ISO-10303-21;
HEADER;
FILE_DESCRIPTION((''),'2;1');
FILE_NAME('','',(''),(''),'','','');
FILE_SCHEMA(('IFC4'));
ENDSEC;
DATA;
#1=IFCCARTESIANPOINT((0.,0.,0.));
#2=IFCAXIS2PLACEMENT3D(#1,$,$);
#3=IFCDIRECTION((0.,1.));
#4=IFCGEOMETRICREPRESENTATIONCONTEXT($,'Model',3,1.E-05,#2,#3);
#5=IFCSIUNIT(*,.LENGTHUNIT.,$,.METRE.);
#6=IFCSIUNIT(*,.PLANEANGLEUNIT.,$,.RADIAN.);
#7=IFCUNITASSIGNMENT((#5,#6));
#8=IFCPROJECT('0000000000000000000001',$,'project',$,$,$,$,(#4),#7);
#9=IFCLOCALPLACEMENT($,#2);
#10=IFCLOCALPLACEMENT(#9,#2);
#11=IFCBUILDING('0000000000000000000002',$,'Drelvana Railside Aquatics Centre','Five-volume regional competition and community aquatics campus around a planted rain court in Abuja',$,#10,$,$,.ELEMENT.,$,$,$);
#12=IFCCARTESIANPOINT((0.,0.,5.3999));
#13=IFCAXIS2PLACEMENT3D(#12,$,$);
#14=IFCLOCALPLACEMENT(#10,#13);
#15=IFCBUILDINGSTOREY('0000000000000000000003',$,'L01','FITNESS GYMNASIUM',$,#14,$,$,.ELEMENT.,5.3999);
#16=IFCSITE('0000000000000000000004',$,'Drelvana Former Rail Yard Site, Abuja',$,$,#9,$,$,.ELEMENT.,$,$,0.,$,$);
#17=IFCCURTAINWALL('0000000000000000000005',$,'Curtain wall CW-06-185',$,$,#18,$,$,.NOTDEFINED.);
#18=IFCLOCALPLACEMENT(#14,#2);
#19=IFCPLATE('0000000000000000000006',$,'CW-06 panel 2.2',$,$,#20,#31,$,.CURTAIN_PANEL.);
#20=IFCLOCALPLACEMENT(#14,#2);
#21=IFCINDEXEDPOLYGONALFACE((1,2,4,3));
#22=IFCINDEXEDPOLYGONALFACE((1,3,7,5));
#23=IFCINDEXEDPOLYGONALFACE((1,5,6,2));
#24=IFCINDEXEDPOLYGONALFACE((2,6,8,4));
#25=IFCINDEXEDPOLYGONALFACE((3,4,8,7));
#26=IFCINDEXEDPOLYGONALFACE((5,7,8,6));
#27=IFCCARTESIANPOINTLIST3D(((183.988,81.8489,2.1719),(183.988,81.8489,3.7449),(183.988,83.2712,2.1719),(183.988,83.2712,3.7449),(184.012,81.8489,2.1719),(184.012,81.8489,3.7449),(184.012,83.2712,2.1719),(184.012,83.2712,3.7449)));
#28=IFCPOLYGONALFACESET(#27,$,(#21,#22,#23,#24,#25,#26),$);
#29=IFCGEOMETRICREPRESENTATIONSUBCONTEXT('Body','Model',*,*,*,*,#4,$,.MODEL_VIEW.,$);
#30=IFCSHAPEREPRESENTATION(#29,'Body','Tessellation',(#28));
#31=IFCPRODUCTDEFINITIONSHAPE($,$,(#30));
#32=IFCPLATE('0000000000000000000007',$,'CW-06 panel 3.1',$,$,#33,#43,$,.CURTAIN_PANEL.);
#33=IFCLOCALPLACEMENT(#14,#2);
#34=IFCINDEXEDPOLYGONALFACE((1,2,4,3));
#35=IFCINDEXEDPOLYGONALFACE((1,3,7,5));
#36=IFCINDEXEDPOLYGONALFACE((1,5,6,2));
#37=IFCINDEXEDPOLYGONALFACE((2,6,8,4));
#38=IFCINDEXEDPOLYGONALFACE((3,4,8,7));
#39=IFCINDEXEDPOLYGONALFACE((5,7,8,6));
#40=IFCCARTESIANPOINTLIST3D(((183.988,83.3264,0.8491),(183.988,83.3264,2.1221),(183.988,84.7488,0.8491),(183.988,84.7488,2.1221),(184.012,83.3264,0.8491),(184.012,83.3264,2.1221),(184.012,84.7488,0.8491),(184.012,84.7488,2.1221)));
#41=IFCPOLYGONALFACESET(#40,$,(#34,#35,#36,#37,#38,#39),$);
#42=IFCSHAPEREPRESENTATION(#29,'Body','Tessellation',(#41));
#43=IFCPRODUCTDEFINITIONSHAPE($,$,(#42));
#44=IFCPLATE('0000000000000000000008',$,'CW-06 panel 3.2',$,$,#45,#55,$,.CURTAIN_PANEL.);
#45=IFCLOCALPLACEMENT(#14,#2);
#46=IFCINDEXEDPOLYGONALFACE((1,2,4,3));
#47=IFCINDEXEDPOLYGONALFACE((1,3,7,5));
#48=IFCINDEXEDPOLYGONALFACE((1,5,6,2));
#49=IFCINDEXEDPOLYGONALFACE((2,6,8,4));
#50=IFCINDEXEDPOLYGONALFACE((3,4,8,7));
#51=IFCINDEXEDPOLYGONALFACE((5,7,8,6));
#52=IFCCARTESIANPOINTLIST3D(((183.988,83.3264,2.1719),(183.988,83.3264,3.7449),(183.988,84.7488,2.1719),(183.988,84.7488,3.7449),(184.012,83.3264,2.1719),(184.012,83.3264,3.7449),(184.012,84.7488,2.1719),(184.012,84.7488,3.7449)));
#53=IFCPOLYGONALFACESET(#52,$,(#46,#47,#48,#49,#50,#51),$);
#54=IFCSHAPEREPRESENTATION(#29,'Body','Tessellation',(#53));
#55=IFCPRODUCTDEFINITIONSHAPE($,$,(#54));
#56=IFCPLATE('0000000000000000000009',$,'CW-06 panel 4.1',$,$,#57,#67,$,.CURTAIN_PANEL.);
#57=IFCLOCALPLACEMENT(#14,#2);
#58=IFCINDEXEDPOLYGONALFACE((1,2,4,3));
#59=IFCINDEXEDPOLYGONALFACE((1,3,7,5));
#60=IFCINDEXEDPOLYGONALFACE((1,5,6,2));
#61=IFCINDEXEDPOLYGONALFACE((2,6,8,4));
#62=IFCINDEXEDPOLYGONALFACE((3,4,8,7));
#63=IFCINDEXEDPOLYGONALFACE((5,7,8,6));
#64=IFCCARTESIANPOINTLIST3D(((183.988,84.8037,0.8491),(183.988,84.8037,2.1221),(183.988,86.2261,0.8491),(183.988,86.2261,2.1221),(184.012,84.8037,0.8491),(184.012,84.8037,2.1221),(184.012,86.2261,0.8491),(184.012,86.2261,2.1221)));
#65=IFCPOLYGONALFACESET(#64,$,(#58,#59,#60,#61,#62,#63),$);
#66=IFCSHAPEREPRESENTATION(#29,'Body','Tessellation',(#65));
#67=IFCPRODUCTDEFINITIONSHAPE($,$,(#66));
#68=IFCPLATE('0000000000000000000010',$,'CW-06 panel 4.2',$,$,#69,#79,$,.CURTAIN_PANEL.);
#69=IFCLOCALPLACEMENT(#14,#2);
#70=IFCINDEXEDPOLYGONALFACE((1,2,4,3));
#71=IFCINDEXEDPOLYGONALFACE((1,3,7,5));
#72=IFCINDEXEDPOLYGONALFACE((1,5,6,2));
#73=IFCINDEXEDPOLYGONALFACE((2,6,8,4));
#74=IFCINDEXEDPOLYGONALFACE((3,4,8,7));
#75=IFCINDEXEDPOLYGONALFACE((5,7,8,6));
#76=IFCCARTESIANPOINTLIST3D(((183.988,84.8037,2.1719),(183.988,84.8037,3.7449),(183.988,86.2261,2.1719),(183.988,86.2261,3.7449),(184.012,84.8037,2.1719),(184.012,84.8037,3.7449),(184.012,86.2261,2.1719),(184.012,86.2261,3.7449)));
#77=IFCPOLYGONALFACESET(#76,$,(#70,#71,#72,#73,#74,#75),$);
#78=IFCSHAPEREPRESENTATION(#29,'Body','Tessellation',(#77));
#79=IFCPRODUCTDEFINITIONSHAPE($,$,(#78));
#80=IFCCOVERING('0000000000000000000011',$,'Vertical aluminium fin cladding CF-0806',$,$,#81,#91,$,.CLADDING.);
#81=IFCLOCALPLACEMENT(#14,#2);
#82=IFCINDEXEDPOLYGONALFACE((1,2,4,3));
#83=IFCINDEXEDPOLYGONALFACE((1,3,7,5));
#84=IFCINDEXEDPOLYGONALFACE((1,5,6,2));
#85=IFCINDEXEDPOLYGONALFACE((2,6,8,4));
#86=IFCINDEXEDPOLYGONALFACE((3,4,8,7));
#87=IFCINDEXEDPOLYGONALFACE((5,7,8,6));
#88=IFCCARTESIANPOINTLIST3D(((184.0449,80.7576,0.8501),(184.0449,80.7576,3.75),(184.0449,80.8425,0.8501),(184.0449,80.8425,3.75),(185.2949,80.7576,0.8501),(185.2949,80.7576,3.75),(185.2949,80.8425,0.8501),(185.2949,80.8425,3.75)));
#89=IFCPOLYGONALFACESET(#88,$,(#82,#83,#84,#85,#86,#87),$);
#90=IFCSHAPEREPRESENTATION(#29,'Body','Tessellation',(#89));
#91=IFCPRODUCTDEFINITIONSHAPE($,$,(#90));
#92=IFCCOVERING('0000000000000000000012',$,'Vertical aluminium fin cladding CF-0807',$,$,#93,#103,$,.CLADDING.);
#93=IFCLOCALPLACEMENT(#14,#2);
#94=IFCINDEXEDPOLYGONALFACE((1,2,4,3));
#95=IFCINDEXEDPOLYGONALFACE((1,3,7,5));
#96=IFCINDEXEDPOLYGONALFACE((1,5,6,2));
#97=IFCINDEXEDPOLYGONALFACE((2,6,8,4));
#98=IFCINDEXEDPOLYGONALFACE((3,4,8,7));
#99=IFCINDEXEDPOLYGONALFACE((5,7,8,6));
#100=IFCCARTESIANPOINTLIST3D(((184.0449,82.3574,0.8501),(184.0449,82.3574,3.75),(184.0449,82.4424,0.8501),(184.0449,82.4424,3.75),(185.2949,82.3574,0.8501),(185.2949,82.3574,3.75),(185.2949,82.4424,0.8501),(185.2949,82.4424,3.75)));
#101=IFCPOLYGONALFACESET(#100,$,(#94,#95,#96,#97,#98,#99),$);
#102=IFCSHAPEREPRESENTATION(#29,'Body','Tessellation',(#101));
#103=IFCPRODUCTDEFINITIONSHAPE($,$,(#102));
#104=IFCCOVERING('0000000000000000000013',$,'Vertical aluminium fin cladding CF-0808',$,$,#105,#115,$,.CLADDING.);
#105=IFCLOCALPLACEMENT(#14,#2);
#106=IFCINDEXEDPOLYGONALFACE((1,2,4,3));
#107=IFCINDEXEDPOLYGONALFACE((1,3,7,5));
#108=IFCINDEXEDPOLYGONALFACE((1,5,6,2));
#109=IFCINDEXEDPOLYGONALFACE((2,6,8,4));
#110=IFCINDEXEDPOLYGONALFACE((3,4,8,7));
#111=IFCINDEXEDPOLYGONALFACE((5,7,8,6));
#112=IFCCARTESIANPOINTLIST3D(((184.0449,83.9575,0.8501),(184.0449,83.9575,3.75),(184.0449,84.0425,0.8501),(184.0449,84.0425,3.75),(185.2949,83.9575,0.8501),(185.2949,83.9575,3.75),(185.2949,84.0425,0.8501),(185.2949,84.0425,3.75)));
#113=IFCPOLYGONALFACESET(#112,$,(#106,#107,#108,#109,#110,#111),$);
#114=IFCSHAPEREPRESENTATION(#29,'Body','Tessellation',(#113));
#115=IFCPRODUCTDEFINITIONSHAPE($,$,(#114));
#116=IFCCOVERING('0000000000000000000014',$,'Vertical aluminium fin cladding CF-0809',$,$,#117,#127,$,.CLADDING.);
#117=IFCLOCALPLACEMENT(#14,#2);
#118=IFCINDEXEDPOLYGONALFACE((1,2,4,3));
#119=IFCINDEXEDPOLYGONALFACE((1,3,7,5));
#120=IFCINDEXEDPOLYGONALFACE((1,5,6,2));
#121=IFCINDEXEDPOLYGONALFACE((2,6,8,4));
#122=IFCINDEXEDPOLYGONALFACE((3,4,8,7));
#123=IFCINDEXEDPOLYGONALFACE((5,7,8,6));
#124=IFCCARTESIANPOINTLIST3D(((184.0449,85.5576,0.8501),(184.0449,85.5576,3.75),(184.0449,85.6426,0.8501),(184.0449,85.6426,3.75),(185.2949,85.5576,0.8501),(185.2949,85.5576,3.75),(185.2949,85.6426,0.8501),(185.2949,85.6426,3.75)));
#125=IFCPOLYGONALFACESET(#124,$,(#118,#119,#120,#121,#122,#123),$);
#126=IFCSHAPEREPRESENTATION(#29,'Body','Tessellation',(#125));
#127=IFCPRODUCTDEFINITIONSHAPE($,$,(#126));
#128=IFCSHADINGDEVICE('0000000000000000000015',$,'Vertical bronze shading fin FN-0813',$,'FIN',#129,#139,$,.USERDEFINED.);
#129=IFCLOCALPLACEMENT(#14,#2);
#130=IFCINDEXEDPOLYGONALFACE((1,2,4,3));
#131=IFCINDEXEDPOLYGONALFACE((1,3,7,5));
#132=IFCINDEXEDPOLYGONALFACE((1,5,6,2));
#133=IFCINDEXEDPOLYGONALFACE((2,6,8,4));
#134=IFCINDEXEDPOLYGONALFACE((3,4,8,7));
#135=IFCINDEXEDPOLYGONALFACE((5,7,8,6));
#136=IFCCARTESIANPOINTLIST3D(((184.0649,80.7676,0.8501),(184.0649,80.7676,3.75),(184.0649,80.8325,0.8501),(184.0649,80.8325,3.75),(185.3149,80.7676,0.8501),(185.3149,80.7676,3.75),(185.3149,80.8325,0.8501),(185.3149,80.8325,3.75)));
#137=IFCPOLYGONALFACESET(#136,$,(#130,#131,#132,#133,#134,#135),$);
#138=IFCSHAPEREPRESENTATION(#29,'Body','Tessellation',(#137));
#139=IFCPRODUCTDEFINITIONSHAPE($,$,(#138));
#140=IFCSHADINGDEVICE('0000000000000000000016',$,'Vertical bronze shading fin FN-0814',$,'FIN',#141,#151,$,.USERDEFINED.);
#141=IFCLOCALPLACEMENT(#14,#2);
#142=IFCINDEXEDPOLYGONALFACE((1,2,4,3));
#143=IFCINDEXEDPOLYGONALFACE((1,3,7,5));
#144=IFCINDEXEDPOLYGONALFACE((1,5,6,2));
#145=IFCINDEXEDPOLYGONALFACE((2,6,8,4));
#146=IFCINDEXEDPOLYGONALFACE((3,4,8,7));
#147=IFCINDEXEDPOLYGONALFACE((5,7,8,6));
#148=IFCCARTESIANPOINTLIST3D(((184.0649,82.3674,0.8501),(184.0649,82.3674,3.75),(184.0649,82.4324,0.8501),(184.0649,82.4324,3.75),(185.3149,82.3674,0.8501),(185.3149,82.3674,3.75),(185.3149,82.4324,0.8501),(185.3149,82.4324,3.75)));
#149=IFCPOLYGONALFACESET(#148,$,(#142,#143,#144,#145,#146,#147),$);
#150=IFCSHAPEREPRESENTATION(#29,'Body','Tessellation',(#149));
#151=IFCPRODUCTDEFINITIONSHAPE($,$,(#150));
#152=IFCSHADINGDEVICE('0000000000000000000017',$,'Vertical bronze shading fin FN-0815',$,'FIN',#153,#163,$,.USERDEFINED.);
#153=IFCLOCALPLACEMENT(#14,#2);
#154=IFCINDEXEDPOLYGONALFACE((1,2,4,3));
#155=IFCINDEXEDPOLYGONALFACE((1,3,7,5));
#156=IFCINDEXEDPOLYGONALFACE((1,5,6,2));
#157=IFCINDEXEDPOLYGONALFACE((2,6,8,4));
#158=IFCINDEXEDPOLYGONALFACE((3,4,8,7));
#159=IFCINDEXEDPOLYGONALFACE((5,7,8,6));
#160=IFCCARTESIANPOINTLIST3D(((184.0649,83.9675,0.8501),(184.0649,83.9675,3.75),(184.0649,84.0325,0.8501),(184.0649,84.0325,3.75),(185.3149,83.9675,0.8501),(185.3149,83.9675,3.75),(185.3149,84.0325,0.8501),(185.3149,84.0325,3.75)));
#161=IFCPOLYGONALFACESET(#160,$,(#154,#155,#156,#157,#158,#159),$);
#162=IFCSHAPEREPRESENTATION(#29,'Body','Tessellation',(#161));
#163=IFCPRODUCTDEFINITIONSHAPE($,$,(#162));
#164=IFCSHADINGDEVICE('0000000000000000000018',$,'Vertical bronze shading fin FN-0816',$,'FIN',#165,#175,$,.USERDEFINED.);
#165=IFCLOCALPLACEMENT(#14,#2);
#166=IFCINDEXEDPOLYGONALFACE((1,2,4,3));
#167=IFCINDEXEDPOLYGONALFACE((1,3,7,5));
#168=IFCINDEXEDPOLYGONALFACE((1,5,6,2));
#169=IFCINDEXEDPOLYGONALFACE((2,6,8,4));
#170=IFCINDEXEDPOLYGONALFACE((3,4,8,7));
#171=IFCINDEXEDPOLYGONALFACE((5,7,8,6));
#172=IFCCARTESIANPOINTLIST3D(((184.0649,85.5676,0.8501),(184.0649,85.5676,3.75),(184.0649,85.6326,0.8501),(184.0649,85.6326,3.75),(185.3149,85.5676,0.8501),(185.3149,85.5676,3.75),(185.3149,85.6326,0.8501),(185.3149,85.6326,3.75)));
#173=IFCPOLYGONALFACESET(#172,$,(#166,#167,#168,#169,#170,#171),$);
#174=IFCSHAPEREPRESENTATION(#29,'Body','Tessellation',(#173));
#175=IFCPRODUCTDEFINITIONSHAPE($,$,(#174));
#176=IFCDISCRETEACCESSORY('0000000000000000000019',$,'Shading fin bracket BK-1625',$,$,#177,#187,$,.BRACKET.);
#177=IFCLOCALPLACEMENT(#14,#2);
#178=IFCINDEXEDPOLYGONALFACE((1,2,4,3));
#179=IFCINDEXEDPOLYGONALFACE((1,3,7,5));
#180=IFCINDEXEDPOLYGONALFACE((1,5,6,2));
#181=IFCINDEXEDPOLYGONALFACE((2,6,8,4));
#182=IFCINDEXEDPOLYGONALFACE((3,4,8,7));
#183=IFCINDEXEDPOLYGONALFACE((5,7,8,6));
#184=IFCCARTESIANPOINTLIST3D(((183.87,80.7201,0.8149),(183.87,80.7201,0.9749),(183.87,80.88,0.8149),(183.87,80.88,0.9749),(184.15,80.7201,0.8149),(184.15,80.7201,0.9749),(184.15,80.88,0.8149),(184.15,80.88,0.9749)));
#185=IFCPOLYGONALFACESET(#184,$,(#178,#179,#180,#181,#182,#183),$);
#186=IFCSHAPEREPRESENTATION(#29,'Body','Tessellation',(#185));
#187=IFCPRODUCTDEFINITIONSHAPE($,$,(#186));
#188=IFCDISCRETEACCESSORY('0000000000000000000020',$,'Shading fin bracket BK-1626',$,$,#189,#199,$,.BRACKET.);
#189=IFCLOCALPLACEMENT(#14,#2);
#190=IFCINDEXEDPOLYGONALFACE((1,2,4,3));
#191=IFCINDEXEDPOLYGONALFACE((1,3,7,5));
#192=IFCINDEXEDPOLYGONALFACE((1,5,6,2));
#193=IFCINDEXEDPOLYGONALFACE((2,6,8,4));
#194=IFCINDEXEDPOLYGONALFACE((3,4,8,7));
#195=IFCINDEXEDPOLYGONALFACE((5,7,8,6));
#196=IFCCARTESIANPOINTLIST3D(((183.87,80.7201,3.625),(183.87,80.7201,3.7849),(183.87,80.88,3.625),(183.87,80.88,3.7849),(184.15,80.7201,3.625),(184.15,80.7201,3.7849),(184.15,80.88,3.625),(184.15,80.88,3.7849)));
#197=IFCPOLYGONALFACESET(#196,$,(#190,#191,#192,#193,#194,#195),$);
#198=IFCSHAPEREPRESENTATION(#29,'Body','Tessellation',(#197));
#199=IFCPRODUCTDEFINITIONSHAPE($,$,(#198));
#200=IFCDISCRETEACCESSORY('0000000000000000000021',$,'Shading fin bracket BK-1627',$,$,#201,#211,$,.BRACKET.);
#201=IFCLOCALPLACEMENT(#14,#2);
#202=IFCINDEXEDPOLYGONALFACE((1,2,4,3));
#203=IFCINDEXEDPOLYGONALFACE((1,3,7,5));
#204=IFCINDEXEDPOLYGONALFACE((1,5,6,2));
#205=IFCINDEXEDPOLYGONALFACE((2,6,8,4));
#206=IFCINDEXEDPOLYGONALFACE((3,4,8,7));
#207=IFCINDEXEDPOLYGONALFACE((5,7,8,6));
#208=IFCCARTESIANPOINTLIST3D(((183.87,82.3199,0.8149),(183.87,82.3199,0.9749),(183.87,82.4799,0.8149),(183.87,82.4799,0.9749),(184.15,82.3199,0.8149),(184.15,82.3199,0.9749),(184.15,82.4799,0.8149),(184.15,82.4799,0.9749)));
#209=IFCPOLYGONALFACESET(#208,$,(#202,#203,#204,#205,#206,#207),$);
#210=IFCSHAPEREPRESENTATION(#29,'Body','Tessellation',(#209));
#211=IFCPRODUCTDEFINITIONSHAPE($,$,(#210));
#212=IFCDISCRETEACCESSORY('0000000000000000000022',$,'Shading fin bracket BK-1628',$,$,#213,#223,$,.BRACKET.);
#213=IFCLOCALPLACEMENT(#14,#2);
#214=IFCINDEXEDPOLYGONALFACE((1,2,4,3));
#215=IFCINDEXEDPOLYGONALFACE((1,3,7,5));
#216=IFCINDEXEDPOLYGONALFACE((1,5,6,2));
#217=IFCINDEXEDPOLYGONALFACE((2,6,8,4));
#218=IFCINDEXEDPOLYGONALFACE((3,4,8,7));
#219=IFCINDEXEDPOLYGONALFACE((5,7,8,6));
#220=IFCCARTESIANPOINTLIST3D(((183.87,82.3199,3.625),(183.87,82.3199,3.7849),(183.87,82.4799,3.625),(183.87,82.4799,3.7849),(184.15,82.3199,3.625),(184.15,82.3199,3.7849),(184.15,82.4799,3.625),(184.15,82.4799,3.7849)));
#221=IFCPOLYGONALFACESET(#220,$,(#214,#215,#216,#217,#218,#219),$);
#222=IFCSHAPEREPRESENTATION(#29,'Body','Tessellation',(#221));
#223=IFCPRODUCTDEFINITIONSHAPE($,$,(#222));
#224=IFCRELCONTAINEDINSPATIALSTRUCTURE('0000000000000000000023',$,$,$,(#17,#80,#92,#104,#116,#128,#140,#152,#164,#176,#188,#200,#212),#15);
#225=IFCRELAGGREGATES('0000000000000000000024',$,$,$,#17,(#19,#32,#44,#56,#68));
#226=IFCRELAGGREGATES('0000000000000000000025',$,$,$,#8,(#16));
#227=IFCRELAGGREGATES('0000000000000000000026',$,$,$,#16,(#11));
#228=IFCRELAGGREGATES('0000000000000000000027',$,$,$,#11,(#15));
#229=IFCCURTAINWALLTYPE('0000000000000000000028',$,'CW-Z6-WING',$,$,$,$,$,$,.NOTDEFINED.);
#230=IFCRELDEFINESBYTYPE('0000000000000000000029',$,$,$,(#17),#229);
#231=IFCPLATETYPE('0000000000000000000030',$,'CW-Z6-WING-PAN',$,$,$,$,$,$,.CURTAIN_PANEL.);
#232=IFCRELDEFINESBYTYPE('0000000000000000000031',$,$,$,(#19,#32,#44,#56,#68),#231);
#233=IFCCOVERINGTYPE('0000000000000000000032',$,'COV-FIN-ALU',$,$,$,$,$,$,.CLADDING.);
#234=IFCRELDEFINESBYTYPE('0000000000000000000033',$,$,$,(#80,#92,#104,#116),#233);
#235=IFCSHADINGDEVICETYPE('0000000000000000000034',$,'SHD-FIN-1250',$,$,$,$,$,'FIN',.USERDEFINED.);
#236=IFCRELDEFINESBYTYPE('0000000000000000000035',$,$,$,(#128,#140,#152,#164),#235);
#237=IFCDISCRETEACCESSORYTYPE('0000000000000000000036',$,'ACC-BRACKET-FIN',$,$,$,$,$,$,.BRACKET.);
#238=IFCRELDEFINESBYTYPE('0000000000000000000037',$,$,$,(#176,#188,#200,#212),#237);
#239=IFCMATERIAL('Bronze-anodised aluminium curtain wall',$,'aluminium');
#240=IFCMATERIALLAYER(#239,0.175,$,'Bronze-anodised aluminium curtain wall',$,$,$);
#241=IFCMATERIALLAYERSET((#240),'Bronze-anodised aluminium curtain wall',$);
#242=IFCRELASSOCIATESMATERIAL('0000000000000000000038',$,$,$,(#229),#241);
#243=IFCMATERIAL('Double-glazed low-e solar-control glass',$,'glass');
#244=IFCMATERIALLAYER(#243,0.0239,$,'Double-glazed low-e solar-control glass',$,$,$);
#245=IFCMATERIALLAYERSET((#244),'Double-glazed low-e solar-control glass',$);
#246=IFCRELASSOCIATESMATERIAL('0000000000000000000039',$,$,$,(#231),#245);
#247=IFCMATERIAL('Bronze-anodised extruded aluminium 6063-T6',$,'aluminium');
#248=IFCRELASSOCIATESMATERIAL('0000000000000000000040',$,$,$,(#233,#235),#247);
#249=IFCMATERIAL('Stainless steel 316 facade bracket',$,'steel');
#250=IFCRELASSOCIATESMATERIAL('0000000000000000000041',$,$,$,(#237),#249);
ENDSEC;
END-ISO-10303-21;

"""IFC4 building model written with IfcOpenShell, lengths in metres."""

from ifc_helpers import new_model, si_unit, direction, frame, origin, origin_2d, place, context, subcontext, project, spatial, rectangle, extrude, material, layer, layer_set, type_object, element, aggregate, save


model = new_model("IFC4")

# Units and contexts
model_context = context("Model", 3, precision=1e-05, world=origin(), true_north=direction((0.0, 1.0)))
body_context = subcontext(model_context, "Body", "Model", "MODEL_VIEW")
ifc_project = project(units=[si_unit("LENGTHUNIT", "METRE"), si_unit("PLANEANGLEUNIT", "RADIAN")], contexts=[model_context])

# Site, building, storey
site_placement = place(None, origin())
site = spatial("IfcSite", under=ifc_project, at=site_placement, Name="Drelvana Former Rail Yard Site, Abuja", CompositionType="ELEMENT", RefElevation=0.0)
building_placement = place(site_placement, origin())
building = spatial("IfcBuilding", under=site, at=building_placement, Name="Drelvana Railside Aquatics Centre", Description="Five-volume regional competition and community aquatics campus around a planted rain court in Abuja", CompositionType="ELEMENT")
storey_placement = place(building_placement, frame((0.0, 0.0, 5.3999)))
storey = spatial("IfcBuildingStorey", under=building, at=storey_placement, Name="L01", Description="FITNESS GYMNASIUM", CompositionType="ELEMENT", Elevation=5.3999)

# Curtain wall, plates
ifc_material_1 = material(Name="Bronze-anodised aluminium curtain wall", Category="aluminium")
ifc_layer_1 = layer(ifc_material_1, 0.175, Name="Bronze-anodised aluminium curtain wall")
ifc_layer_set_1 = layer_set([ifc_layer_1], Name="Bronze-anodised aluminium curtain wall")
curtain_wall_type = type_object("IfcCurtainWallType", Name="CW-Z6-WING", PredefinedType="NOTDEFINED", material=ifc_layer_set_1)
curtain_wall_placement = place(storey_placement, origin())
curtain_wall = element("IfcCurtainWall", 1, at=curtain_wall_placement, inside=storey, type_object=curtain_wall_type, Name="Curtain wall CW-06-185", PredefinedType="NOTDEFINED")
ifc_material_2 = material(Name="Double-glazed low-e solar-control glass", Category="glass")
ifc_layer_2 = layer(ifc_material_2, 0.0239, Name="Double-glazed low-e solar-control glass")
ifc_layer_set_2 = layer_set([ifc_layer_2], Name="Double-glazed low-e solar-control glass")
plate_type = type_object("IfcPlateType", Name="CW-Z6-WING-PAN", PredefinedType="CURTAIN_PANEL", material=ifc_layer_set_2)
plate_1_placement = place(storey_placement, frame((184.0, 82.5601, 2.1719), z_axis=(0.0, 0.0, 1.0), x_axis=(0.0, 1.0, 0.0)))
plate_1 = element("IfcPlate", 2, at=plate_1_placement, type_object=plate_type, Name="CW-06 panel 2.2", PredefinedType="CURTAIN_PANEL", context=body_context, shape_type="SweptSolid", body=[
    extrude(rectangle(XDim=1.4224, YDim=0.0239, at=origin_2d()), origin(), (0.0, 0.0, 1.0), 1.573),
])
plate_2_placement = place(storey_placement, frame((184.0, 84.0376, 0.8491), z_axis=(0.0, 0.0, 1.0), x_axis=(0.0, 1.0, 0.0)))
plate_2 = element("IfcPlate", 3, at=plate_2_placement, type_object=plate_type, Name="CW-06 panel 3.1", PredefinedType="CURTAIN_PANEL", context=body_context, shape_type="SweptSolid", body=[
    extrude(rectangle(XDim=1.4224, YDim=0.0239, at=origin_2d()), origin(), (0.0, 0.0, 1.0), 1.2729),
])
plate_3_placement = place(storey_placement, frame((184.0, 84.0376, 2.1719), z_axis=(0.0, 0.0, 1.0), x_axis=(0.0, 1.0, 0.0)))
plate_3 = element("IfcPlate", 4, at=plate_3_placement, type_object=plate_type, Name="CW-06 panel 3.2", PredefinedType="CURTAIN_PANEL", context=body_context, shape_type="SweptSolid", body=[
    extrude(rectangle(XDim=1.4224, YDim=0.0239, at=origin_2d()), origin(), (0.0, 0.0, 1.0), 1.573),
])
plate_4_placement = place(storey_placement, frame((184.0, 85.5149, 0.8491), z_axis=(0.0, 0.0, 1.0), x_axis=(0.0, 1.0, 0.0)))
plate_4 = element("IfcPlate", 5, at=plate_4_placement, type_object=plate_type, Name="CW-06 panel 4.1", PredefinedType="CURTAIN_PANEL", context=body_context, shape_type="SweptSolid", body=[
    extrude(rectangle(XDim=1.4224, YDim=0.0239, at=origin_2d()), origin(), (0.0, 0.0, 1.0), 1.2729),
])
plate_5_placement = place(storey_placement, frame((184.0, 85.5149, 2.1719), z_axis=(0.0, 0.0, 1.0), x_axis=(0.0, 1.0, 0.0)))
plate_5 = element("IfcPlate", 6, at=plate_5_placement, type_object=plate_type, Name="CW-06 panel 4.2", PredefinedType="CURTAIN_PANEL", context=body_context, shape_type="SweptSolid", body=[
    extrude(rectangle(XDim=1.4224, YDim=0.0239, at=origin_2d()), origin(), (0.0, 0.0, 1.0), 1.573),
])
aggregate(curtain_wall, [plate_1, plate_2, plate_3, plate_4, plate_5])

# Coverings
ifc_material_3 = material(Name="Bronze-anodised extruded aluminium 6063-T6", Category="aluminium")
covering_type = type_object("IfcCoveringType", Name="COV-FIN-ALU", PredefinedType="CLADDING", material=ifc_material_3)
for number, where, z_axis, x_axis, name in (
    (7, (184.6699, 80.8, 0.8501), (0.0, 0.0, 1.0), (0.0, -1.0, 0.0), "Vertical aluminium fin cladding CF-0806"),
    (8, (184.6699, 82.3999, 0.8501), (0.0, 0.0, 1.0), (0.0, -1.0, 0.0), "Vertical aluminium fin cladding CF-0807"),
    (9, (184.6699, 84.0, 0.8501), (0.0, 0.0, 1.0), (0.0, -1.0, 0.0), "Vertical aluminium fin cladding CF-0808"),
    (10, (184.6699, 85.6001, 0.8501), (0.0, 0.0, 1.0), (0.0, -1.0, 0.0), "Vertical aluminium fin cladding CF-0809"),
):
    element("IfcCovering", number, at=place(storey_placement, frame(where, z_axis=z_axis, x_axis=x_axis)), inside=storey, type_object=covering_type, Name=name, PredefinedType="CLADDING", context=body_context, shape_type="SweptSolid", body=[
        extrude(rectangle(XDim=0.085, YDim=1.25, at=origin_2d()), origin(), (0.0, 0.0, 1.0), 2.8999),
    ])

# Shading devices
shading_device_type = type_object("IfcShadingDeviceType", Name="SHD-FIN-1250", ElementType="FIN", PredefinedType="USERDEFINED", material=ifc_material_3)
for number, where, z_axis, x_axis, name in (
    (11, (184.6899, 80.8, 0.8501), (0.0, 0.0, 1.0), (1.0, 0.0, 0.0), "Vertical bronze shading fin FN-0813"),
    (12, (184.6899, 82.3999, 0.8501), (0.0, 0.0, 1.0), (1.0, 0.0, 0.0), "Vertical bronze shading fin FN-0814"),
    (13, (184.6899, 84.0, 0.8501), (0.0, 0.0, 1.0), (1.0, 0.0, 0.0), "Vertical bronze shading fin FN-0815"),
    (14, (184.6899, 85.6001, 0.8501), (0.0, 0.0, 1.0), (1.0, 0.0, 0.0), "Vertical bronze shading fin FN-0816"),
):
    element("IfcShadingDevice", number, at=place(storey_placement, frame(where, z_axis=z_axis, x_axis=x_axis)), inside=storey, type_object=shading_device_type, Name=name, ObjectType="FIN", PredefinedType="USERDEFINED", context=body_context, shape_type="SweptSolid", body=[
        extrude(rectangle(XDim=1.25, YDim=0.0649, at=origin_2d()), origin(), (0.0, 0.0, 1.0), 2.8999),
    ])

# Discrete accessories
ifc_material_4 = material(Name="Stainless steel 316 facade bracket", Category="steel")
discrete_accessory_type = type_object("IfcDiscreteAccessoryType", Name="ACC-BRACKET-FIN", PredefinedType="BRACKET", material=ifc_material_4)
for number, where, z_axis, x_axis, name in (
    (15, (184.01, 80.8, 0.8149), (0.0, 0.0, 1.0), (1.0, 0.0, 0.0), "Shading fin bracket BK-1625"),
    (16, (184.01, 80.8, 3.625), (0.0, 0.0, 1.0), (1.0, 0.0, 0.0), "Shading fin bracket BK-1626"),
    (17, (184.01, 82.3999, 0.8149), (0.0, 0.0, 1.0), (1.0, 0.0, 0.0), "Shading fin bracket BK-1627"),
    (18, (184.01, 82.3999, 3.625), (0.0, 0.0, 1.0), (1.0, 0.0, 0.0), "Shading fin bracket BK-1628"),
):
    element("IfcDiscreteAccessory", number, at=place(storey_placement, frame(where, z_axis=z_axis, x_axis=x_axis)), inside=storey, type_object=discrete_accessory_type, Name=name, PredefinedType="BRACKET", context=body_context, shape_type="SweptSolid", body=[
        extrude(rectangle(XDim=0.28, YDim=0.1599, at=origin_2d()), origin(), (0.0, 0.0, 1.0), 0.1599),
    ])

save(model, "model.ifc")
